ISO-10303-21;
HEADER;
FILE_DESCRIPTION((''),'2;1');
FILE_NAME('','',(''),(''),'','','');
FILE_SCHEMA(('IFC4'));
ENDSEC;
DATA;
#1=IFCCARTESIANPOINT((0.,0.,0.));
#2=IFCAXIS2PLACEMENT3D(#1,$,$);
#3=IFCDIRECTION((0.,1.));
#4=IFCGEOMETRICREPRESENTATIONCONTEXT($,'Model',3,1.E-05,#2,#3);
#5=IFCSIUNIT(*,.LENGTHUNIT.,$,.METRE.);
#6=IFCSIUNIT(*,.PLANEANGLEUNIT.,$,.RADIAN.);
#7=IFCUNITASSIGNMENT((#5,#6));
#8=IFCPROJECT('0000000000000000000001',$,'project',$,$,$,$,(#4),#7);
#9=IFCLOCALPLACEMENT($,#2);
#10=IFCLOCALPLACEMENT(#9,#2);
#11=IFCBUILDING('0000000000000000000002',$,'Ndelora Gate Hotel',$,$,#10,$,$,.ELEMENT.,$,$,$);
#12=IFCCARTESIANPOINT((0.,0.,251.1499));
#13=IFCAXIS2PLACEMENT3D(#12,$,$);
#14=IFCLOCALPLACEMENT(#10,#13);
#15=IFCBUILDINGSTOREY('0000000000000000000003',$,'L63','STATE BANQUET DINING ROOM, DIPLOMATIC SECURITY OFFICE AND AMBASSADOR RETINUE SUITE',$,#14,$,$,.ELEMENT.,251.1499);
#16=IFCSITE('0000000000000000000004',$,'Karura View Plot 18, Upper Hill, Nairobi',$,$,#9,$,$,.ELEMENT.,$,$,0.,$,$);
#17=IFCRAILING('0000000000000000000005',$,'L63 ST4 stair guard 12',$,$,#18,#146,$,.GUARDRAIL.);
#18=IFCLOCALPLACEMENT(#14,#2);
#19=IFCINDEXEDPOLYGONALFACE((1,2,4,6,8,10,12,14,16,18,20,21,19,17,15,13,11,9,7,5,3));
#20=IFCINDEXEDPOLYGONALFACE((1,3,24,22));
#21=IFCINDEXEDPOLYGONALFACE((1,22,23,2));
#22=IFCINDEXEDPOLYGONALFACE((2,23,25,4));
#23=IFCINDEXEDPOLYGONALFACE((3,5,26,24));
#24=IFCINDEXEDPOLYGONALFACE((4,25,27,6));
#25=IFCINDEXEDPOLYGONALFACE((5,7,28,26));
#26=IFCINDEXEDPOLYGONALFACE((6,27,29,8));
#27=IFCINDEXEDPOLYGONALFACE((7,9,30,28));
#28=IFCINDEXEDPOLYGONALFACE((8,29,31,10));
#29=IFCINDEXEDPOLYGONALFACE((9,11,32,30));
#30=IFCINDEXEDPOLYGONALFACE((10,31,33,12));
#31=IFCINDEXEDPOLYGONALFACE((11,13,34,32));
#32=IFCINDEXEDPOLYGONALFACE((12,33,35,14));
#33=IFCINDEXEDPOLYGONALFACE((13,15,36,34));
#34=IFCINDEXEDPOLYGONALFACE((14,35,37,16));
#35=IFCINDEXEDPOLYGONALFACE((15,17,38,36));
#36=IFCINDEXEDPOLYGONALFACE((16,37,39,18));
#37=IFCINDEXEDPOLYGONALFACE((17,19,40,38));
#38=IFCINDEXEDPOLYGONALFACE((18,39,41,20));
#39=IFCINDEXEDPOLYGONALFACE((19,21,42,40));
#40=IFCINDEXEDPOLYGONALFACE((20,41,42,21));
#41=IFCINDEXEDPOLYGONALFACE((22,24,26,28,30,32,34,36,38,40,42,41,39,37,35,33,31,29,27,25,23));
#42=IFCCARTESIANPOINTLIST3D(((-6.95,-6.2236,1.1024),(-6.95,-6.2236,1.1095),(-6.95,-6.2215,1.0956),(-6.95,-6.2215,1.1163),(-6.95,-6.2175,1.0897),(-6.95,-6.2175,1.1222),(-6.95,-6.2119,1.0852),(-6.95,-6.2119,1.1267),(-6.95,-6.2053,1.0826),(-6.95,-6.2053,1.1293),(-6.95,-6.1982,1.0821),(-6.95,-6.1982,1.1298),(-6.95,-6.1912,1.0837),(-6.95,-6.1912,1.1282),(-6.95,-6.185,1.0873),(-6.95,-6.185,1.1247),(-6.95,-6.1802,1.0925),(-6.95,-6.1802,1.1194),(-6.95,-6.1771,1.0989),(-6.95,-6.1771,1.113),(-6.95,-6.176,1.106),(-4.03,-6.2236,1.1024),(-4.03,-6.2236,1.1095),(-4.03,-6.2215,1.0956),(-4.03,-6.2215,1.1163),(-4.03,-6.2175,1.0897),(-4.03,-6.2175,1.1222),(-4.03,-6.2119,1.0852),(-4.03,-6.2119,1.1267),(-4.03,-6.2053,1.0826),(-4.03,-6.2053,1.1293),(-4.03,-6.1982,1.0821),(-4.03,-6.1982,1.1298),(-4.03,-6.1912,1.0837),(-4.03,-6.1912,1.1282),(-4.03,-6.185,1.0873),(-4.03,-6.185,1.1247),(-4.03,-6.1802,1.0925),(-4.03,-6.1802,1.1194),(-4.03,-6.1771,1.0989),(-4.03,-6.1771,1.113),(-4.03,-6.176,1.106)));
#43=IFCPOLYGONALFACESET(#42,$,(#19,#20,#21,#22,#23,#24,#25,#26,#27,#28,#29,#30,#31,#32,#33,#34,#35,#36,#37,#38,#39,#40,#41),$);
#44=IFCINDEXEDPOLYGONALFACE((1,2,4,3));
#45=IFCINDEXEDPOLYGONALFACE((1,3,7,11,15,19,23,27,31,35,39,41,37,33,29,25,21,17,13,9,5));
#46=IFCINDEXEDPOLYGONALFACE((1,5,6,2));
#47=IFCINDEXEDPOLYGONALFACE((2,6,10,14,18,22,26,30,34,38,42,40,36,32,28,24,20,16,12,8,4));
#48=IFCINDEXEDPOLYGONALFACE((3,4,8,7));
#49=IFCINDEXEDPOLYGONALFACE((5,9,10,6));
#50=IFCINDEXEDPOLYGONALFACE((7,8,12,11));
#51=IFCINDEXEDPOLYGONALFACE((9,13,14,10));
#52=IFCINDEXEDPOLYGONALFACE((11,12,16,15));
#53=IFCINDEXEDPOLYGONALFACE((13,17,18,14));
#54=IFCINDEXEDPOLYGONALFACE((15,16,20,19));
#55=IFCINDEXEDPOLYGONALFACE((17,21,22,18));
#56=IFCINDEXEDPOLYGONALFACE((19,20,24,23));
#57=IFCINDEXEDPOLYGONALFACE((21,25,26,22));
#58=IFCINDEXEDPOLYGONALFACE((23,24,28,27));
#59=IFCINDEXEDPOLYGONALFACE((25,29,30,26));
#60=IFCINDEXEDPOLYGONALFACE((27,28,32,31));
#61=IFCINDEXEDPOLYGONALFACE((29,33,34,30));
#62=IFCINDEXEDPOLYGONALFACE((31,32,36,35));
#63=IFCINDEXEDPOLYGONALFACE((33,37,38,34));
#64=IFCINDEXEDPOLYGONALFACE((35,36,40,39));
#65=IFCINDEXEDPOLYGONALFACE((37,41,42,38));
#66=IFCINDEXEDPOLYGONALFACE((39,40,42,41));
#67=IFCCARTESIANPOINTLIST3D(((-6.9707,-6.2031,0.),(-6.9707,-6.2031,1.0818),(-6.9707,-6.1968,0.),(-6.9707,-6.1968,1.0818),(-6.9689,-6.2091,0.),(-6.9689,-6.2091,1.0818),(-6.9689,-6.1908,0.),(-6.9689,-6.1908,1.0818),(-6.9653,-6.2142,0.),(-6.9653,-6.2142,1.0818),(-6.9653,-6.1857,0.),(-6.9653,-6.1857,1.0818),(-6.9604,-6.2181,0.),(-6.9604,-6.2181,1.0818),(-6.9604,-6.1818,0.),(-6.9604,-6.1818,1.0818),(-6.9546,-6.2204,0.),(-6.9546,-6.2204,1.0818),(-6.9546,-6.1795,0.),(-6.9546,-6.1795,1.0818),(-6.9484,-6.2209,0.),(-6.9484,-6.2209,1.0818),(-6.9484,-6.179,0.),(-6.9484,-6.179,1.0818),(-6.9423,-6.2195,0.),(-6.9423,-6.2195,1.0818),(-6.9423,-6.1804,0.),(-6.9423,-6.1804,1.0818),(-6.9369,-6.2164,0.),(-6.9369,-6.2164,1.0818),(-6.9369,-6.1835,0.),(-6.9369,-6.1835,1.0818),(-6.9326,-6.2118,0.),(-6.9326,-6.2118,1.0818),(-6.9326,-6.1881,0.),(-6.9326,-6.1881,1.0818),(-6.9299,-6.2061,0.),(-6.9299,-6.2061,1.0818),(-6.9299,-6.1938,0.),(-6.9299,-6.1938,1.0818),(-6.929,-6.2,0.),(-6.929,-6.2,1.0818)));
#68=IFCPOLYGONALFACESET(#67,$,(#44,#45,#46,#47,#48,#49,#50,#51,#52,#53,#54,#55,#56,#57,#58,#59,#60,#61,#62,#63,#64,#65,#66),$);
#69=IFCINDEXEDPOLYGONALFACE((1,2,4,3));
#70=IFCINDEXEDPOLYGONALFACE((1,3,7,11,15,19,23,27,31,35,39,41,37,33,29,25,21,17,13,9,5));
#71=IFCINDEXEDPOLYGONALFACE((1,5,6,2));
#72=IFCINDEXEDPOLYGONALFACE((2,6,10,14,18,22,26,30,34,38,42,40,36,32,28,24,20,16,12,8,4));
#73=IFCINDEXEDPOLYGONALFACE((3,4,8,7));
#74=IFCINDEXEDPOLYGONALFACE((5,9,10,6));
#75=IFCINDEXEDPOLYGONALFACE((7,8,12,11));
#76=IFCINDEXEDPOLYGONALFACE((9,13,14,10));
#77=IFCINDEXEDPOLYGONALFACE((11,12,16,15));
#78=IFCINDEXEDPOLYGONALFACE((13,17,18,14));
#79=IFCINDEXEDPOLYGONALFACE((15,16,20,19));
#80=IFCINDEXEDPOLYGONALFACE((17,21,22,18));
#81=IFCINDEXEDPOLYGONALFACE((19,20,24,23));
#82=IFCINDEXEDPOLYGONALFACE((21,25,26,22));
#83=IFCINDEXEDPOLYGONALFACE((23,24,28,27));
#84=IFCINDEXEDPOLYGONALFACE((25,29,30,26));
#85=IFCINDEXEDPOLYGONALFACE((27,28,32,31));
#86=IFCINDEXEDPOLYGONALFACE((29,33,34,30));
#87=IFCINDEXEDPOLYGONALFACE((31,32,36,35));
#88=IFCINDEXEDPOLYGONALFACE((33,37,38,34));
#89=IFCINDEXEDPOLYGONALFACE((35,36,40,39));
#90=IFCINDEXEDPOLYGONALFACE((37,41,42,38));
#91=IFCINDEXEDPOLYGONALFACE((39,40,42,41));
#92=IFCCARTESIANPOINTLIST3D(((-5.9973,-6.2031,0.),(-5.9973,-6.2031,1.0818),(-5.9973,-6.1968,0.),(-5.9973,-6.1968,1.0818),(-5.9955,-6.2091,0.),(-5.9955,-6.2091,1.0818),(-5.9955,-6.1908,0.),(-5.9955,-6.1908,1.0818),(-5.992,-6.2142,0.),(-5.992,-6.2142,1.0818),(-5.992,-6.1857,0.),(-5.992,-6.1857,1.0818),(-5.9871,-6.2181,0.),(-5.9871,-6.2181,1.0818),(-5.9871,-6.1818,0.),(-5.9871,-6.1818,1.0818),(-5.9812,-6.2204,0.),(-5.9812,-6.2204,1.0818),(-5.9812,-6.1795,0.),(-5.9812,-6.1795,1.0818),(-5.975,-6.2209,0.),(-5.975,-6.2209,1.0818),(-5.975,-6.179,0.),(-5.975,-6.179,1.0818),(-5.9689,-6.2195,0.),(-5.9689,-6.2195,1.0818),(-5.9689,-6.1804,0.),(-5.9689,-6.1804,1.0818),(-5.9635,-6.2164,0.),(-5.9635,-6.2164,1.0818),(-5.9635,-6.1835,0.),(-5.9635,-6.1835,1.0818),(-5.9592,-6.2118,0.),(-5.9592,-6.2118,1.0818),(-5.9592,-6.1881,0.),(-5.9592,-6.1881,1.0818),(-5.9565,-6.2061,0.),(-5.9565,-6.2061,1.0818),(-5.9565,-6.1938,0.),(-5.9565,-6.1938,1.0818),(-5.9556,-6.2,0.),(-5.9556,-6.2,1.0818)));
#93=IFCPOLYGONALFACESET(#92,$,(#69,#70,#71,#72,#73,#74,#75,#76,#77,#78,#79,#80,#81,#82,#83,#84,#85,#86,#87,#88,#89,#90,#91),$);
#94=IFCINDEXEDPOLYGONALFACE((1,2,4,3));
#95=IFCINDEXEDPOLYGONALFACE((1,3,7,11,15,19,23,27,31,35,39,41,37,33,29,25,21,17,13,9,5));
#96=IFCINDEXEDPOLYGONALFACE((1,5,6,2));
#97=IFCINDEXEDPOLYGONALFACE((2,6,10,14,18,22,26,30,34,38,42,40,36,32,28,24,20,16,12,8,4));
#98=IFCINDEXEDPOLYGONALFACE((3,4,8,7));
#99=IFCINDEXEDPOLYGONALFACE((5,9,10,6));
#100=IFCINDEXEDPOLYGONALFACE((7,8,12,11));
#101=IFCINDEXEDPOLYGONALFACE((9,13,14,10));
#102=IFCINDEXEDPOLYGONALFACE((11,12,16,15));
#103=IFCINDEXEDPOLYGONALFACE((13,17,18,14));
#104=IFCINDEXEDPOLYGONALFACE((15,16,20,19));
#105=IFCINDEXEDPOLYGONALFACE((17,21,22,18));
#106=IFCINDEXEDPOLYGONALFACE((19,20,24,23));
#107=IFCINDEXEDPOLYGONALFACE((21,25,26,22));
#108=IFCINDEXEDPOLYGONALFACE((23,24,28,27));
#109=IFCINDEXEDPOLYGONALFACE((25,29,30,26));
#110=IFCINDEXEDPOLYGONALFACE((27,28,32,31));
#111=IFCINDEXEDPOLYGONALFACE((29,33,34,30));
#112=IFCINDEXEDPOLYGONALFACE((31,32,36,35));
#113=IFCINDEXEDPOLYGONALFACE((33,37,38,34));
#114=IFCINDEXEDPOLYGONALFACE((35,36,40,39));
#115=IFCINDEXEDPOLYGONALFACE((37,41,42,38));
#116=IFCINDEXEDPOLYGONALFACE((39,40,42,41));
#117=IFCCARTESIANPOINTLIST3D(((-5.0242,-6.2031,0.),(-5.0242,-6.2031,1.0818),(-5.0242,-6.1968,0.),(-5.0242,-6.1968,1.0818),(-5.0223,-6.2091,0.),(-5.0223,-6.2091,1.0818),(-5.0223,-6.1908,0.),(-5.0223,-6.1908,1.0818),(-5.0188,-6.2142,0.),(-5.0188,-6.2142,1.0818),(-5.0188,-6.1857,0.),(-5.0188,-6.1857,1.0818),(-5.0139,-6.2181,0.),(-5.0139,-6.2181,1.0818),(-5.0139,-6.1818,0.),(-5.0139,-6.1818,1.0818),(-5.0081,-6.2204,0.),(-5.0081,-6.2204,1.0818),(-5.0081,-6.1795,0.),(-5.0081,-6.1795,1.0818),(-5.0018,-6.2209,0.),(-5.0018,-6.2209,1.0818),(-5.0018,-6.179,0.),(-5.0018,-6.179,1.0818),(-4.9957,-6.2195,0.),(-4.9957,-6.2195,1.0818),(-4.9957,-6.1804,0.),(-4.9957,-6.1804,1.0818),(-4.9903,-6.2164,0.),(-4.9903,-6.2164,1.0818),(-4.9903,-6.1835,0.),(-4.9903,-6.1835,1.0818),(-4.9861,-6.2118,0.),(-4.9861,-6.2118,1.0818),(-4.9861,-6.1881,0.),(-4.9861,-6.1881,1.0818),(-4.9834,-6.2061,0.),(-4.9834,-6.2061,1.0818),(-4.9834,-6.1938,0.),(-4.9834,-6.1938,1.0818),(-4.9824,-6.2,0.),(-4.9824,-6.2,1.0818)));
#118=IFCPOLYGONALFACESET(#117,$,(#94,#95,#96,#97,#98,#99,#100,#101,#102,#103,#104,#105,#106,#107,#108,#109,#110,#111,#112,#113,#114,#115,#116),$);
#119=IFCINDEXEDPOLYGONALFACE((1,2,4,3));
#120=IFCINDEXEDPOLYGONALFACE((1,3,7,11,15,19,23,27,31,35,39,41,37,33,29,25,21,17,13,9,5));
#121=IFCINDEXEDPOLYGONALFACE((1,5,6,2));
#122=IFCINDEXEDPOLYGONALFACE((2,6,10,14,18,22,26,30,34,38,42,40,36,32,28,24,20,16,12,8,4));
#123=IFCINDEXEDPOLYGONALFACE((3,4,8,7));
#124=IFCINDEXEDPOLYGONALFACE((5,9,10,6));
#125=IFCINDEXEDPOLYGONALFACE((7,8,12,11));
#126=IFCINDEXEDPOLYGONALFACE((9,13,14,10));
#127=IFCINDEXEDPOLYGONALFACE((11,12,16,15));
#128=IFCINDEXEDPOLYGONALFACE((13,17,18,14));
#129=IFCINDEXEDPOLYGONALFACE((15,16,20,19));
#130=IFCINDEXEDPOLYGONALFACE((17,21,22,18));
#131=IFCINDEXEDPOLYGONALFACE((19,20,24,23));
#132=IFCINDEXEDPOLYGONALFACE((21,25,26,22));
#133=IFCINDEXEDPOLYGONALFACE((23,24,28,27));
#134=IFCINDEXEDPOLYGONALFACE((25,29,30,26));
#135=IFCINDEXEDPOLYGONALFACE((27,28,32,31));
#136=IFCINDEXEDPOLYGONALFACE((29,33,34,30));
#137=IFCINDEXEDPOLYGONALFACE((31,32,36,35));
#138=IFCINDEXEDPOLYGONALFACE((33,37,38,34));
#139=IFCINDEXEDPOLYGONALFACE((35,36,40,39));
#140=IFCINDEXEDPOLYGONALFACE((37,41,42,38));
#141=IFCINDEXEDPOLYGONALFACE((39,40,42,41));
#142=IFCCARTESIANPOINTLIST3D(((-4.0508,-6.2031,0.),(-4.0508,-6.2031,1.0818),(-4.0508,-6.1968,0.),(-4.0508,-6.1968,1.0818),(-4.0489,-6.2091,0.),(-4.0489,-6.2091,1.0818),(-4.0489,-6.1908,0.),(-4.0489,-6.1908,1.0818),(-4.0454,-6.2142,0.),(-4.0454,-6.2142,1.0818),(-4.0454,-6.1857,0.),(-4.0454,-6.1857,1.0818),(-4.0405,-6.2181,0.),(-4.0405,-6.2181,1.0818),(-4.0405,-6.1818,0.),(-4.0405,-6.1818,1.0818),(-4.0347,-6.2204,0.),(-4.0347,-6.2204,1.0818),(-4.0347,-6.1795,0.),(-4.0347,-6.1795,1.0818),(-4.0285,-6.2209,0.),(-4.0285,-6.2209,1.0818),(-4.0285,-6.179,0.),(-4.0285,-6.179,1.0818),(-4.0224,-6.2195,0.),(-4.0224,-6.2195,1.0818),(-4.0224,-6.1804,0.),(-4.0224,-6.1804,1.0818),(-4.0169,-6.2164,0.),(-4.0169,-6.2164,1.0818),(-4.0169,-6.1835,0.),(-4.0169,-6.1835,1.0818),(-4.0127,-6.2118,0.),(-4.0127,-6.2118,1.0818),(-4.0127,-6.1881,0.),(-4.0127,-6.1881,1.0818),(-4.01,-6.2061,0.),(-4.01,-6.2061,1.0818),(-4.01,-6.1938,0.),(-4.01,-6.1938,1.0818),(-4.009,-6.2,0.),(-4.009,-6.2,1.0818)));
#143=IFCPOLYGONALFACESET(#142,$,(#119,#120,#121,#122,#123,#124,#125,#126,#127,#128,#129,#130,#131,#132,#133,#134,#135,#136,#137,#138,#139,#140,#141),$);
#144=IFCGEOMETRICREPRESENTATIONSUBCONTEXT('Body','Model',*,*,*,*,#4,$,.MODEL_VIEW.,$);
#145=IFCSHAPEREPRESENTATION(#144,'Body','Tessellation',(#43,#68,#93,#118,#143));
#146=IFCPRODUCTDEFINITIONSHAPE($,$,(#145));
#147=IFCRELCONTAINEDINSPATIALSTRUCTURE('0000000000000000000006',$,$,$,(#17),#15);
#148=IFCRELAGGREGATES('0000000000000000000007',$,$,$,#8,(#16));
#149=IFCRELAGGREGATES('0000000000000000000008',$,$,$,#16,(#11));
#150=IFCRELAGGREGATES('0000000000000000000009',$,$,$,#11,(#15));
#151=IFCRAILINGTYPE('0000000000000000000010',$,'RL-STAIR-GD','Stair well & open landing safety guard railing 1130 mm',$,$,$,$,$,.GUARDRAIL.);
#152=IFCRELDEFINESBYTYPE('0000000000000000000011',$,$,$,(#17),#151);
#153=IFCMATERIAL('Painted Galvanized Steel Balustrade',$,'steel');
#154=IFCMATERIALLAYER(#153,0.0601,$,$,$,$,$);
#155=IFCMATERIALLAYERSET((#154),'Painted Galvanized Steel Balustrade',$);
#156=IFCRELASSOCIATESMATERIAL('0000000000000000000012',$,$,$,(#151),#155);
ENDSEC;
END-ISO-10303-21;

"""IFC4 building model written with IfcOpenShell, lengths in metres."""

from ifc_helpers import new_model, si_unit, direction, frame, origin, origin_2d, place, context, subcontext, project, spatial, circle, extrude, material, layer, layer_set, type_object, element, save


model = new_model("IFC4")

# Units and contexts
model_context = context("Model", 3, precision=1e-05, world=origin(), true_north=direction((0.0, 1.0)))
body_context = subcontext(model_context, "Body", "Model", "MODEL_VIEW")
ifc_project = project(units=[si_unit("LENGTHUNIT", "METRE"), si_unit("PLANEANGLEUNIT", "RADIAN")], contexts=[model_context])

# Site, building, storey
site_placement = place(None, origin())
site = spatial("IfcSite", under=ifc_project, at=site_placement, Name="Karura View Plot 18, Upper Hill, Nairobi", CompositionType="ELEMENT", RefElevation=0.0)
building_placement = place(site_placement, origin())
building = spatial("IfcBuilding", under=site, at=building_placement, Name="Ndelora Gate Hotel", CompositionType="ELEMENT")
storey_placement = place(building_placement, frame((0.0, 0.0, 251.1499)))
storey = spatial("IfcBuildingStorey", under=building, at=storey_placement, Name="L63", Description="STATE BANQUET DINING ROOM, DIPLOMATIC SECURITY OFFICE AND AMBASSADOR RETINUE SUITE", CompositionType="ELEMENT", Elevation=251.1499)

# Railing
ifc_material_1 = material(Name="Painted Galvanized Steel Balustrade", Category="steel")
ifc_layer_1 = layer(ifc_material_1, 0.0601)
ifc_layer_set_1 = layer_set([ifc_layer_1], Name="Painted Galvanized Steel Balustrade")
railing_type_1 = type_object("IfcRailingType", Name="RL-STAIR-GD", Description="Stair well & open landing safety guard railing 1130 mm", PredefinedType="GUARDRAIL", material=ifc_layer_set_1)
railing_1_placement = place(storey_placement, frame((-6.95, -6.2, 0.0)))
element("IfcRailing", 1, at=railing_1_placement, inside=storey, type_object=railing_type_1, Name="L63 ST4 stair guard 12", PredefinedType="GUARDRAIL", context=body_context, shape_type="SweptSolid", body=[
    extrude(circle(Radius=0.0239, at=origin_2d()), frame((0.0, 0.0, 1.106), z_axis=(1.0, 0.0, 0.0), x_axis=(0.0, 1.0, 0.0)), (0.0, 0.0, 1.0), 2.9199),
    extrude(circle(Radius=0.021, at=origin_2d()), origin(), (0.0, 0.0, 1.0), 1.0818),
    extrude(circle(Radius=0.021, at=origin_2d()), frame((0.9734, 0.0, 0.0)), (0.0, 0.0, 1.0), 1.0818),
    extrude(circle(Radius=0.021, at=origin_2d()), frame((1.9465, 0.0, 0.0)), (0.0, 0.0, 1.0), 1.0818),
    extrude(circle(Radius=0.021, at=origin_2d()), frame((2.9199, 0.0, 0.0)), (0.0, 0.0, 1.0), 1.0818),
])

save(model, "model.ifc")
